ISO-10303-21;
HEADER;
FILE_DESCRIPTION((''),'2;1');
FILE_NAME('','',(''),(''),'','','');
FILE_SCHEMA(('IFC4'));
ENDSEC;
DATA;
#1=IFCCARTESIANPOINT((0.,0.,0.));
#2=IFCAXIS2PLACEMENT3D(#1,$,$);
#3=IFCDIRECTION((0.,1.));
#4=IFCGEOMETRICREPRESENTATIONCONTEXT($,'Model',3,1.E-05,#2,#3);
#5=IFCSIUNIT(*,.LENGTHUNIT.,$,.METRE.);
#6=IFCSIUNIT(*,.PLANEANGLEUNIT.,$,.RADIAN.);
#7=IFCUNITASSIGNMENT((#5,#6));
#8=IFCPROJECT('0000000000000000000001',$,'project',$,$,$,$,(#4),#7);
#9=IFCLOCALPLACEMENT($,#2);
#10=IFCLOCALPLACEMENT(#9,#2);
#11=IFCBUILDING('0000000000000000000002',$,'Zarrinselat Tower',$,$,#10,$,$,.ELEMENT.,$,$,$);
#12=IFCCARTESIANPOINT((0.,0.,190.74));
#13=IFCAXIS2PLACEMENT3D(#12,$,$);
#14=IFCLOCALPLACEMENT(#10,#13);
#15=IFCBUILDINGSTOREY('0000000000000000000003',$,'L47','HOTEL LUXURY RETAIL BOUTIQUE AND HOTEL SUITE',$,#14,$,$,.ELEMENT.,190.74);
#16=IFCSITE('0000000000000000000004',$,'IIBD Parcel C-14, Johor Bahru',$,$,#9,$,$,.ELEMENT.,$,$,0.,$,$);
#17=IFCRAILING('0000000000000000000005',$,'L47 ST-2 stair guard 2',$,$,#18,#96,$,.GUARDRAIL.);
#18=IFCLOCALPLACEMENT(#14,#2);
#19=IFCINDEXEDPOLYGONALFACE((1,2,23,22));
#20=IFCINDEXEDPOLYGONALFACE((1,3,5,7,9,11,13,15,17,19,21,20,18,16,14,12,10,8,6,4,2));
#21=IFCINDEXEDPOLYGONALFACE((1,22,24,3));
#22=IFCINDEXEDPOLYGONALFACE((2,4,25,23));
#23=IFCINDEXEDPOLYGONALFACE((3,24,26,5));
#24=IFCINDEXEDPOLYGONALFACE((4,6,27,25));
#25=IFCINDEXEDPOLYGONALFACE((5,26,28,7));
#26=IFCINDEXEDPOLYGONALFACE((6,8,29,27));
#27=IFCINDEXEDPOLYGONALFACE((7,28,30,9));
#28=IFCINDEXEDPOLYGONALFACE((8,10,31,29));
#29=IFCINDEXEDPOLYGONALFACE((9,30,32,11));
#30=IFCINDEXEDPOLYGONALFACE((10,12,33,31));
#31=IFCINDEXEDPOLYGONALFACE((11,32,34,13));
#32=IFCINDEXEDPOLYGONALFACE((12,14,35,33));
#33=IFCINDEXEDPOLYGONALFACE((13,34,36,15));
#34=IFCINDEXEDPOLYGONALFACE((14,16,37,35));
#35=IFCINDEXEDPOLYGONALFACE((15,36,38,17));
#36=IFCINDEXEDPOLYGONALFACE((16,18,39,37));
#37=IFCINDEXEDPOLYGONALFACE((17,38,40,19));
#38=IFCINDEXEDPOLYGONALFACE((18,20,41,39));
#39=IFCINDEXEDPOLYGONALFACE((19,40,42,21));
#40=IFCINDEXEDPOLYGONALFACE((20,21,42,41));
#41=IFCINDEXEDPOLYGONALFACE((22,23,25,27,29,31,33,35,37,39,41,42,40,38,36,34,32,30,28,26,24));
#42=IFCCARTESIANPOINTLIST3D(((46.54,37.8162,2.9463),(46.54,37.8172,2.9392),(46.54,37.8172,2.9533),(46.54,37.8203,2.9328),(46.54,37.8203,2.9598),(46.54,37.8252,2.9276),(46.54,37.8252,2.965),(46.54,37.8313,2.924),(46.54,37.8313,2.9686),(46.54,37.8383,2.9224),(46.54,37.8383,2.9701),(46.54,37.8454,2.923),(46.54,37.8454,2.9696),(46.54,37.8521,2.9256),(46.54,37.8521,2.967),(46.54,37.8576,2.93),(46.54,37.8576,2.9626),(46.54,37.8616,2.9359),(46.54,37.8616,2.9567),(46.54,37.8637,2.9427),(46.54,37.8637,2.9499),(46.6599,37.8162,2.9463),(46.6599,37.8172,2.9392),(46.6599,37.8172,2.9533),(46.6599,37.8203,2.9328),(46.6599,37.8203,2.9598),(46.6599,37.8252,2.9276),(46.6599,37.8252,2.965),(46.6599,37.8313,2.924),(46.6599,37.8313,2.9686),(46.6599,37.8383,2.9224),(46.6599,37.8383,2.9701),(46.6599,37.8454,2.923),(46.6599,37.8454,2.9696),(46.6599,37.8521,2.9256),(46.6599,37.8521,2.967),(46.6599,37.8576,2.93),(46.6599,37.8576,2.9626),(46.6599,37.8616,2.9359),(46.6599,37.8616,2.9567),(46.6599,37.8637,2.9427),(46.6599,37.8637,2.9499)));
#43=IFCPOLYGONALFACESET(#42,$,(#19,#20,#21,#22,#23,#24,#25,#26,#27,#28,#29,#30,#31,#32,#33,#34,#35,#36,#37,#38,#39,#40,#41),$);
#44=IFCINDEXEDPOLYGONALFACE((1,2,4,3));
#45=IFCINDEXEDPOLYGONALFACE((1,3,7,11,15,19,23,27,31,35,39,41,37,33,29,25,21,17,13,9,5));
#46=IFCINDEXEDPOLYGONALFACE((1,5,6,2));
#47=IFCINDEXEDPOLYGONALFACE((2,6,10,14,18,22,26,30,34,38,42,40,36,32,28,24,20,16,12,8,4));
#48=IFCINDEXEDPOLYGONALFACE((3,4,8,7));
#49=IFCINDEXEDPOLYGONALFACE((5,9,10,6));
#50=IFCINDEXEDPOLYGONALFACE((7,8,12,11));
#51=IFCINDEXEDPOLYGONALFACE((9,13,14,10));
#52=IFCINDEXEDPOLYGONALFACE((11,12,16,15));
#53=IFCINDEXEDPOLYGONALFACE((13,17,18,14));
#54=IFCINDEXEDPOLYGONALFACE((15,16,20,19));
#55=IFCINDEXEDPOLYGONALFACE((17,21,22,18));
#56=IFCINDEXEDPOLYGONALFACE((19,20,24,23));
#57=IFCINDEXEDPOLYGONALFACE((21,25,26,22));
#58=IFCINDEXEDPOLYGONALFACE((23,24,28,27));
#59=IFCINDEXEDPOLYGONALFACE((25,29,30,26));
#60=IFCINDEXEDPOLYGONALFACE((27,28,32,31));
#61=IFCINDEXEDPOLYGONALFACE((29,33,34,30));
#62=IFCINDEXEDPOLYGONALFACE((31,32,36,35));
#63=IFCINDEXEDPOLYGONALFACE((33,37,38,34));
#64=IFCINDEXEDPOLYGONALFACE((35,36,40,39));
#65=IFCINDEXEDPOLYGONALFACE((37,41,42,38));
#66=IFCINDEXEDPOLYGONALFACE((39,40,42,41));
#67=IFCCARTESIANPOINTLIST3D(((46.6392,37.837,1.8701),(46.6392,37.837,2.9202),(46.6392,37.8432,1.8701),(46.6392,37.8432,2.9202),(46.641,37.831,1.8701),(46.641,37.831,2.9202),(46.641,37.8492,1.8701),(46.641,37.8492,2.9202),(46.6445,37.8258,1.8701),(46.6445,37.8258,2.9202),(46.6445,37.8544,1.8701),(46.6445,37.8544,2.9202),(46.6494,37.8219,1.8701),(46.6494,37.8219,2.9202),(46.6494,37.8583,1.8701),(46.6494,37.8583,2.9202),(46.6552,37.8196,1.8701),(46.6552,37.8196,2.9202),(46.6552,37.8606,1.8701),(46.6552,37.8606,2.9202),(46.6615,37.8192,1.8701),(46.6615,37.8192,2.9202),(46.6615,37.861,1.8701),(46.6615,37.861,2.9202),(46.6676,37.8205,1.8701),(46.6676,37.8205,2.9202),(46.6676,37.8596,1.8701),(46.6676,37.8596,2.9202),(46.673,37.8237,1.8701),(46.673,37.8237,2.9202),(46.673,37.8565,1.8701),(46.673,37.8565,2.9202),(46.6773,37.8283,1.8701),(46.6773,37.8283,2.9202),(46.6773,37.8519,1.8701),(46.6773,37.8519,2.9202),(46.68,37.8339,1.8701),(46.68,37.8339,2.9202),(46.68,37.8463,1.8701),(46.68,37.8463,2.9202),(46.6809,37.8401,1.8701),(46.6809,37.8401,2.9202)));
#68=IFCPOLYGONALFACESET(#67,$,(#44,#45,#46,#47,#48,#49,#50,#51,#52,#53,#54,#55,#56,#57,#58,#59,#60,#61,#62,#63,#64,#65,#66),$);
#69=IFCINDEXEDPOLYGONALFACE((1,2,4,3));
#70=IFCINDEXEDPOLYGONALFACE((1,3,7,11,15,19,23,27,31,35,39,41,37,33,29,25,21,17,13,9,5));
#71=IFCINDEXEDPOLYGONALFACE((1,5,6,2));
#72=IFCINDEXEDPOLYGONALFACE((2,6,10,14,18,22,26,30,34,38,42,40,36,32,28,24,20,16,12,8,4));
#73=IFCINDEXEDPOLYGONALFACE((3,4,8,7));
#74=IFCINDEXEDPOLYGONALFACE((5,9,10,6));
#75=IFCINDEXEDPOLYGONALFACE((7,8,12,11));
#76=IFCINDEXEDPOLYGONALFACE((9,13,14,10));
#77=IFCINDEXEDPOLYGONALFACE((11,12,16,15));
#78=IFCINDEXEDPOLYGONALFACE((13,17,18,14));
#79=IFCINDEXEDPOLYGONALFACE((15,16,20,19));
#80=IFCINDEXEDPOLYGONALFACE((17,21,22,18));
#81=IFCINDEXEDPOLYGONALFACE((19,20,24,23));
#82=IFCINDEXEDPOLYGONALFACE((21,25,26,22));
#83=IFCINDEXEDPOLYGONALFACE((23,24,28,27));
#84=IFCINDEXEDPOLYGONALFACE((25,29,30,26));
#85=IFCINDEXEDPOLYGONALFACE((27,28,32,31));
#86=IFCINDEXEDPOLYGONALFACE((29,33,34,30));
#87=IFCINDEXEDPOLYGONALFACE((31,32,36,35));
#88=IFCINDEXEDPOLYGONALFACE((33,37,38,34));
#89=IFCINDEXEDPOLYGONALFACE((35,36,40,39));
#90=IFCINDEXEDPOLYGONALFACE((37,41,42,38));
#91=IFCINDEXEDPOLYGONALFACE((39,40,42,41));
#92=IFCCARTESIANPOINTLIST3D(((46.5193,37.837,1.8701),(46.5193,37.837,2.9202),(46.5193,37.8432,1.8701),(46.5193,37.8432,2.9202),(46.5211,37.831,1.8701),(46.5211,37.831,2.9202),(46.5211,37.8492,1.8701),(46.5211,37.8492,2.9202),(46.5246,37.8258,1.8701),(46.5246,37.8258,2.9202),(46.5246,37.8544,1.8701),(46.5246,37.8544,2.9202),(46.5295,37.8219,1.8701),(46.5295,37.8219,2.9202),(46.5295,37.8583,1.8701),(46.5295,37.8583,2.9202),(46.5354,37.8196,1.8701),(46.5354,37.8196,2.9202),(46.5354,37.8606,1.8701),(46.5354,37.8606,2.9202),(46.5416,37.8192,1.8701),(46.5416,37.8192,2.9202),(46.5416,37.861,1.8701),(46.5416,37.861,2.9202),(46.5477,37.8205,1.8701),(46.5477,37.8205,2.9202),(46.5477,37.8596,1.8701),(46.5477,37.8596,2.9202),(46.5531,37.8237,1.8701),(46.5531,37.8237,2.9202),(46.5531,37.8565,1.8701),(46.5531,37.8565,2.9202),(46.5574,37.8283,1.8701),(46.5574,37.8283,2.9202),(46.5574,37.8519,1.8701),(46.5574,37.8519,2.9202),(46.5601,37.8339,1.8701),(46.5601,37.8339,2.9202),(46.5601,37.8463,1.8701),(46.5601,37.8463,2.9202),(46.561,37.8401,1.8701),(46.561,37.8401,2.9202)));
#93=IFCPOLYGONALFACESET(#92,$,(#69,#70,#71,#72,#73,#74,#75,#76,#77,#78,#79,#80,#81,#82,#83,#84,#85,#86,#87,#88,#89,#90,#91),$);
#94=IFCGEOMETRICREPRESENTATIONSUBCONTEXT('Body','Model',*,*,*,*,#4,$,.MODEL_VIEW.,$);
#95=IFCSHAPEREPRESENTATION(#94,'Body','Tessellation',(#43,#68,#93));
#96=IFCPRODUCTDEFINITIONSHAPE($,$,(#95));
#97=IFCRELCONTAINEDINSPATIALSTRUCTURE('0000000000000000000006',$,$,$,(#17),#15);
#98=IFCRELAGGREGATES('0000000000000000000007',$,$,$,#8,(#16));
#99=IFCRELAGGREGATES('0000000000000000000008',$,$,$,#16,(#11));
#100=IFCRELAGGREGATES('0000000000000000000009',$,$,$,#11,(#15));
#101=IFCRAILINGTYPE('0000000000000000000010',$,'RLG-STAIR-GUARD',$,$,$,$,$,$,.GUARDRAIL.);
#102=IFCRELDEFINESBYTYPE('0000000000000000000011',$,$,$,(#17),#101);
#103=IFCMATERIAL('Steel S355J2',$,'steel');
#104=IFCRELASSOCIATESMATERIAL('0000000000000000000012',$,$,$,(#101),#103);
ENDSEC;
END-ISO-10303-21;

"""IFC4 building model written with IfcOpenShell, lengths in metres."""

from ifc_helpers import new_model, si_unit, direction, frame, origin, origin_2d, place, context, subcontext, project, spatial, circle, extrude, material, type_object, element, save


model = new_model("IFC4")

# Units and contexts
model_context = context("Model", 3, precision=1e-05, world=origin(), true_north=direction((0.0, 1.0)))
body_context = subcontext(model_context, "Body", "Model", "MODEL_VIEW")
ifc_project = project(units=[si_unit("LENGTHUNIT", "METRE"), si_unit("PLANEANGLEUNIT", "RADIAN")], contexts=[model_context])

# Site, building, storey
site_placement = place(None, origin())
site = spatial("IfcSite", under=ifc_project, at=site_placement, Name="IIBD Parcel C-14, Johor Bahru", CompositionType="ELEMENT", RefElevation=0.0)
building_placement = place(site_placement, origin())
building = spatial("IfcBuilding", under=site, at=building_placement, Name="Zarrinselat Tower", CompositionType="ELEMENT")
storey_placement = place(building_placement, frame((0.0, 0.0, 190.74)))
storey = spatial("IfcBuildingStorey", under=building, at=storey_placement, Name="L47", Description="HOTEL LUXURY RETAIL BOUTIQUE AND HOTEL SUITE", CompositionType="ELEMENT", Elevation=190.74)

# Railing
ifc_material_1 = material(Name="Steel S355J2", Category="steel")
railing_type_1 = type_object("IfcRailingType", Name="RLG-STAIR-GUARD", PredefinedType="GUARDRAIL", material=ifc_material_1)
railing_1_placement = place(storey_placement, frame((46.6599, 37.8401, 1.8701)))
element("IfcRailing", 1, at=railing_1_placement, inside=storey, type_object=railing_type_1, Name="L47 ST-2 stair guard 2", PredefinedType="GUARDRAIL", context=body_context, shape_type="SweptSolid", body=[
    extrude(circle(Radius=0.0239, at=origin_2d()), frame((0.0, 0.0, 1.0762), z_axis=(-1.0, 0.0, 0.0), x_axis=(0.0, -1.0, 0.0)), (0.0, 0.0, 1.0), 0.1199),
    extrude(circle(Radius=0.021, at=origin_2d()), origin(), (0.0, 0.0, 1.0), 1.05),
    extrude(circle(Radius=0.021, at=origin_2d()), frame((-0.1199, 0.0, 0.0)), (0.0, 0.0, 1.0), 1.05),
])

save(model, "model.ifc")
